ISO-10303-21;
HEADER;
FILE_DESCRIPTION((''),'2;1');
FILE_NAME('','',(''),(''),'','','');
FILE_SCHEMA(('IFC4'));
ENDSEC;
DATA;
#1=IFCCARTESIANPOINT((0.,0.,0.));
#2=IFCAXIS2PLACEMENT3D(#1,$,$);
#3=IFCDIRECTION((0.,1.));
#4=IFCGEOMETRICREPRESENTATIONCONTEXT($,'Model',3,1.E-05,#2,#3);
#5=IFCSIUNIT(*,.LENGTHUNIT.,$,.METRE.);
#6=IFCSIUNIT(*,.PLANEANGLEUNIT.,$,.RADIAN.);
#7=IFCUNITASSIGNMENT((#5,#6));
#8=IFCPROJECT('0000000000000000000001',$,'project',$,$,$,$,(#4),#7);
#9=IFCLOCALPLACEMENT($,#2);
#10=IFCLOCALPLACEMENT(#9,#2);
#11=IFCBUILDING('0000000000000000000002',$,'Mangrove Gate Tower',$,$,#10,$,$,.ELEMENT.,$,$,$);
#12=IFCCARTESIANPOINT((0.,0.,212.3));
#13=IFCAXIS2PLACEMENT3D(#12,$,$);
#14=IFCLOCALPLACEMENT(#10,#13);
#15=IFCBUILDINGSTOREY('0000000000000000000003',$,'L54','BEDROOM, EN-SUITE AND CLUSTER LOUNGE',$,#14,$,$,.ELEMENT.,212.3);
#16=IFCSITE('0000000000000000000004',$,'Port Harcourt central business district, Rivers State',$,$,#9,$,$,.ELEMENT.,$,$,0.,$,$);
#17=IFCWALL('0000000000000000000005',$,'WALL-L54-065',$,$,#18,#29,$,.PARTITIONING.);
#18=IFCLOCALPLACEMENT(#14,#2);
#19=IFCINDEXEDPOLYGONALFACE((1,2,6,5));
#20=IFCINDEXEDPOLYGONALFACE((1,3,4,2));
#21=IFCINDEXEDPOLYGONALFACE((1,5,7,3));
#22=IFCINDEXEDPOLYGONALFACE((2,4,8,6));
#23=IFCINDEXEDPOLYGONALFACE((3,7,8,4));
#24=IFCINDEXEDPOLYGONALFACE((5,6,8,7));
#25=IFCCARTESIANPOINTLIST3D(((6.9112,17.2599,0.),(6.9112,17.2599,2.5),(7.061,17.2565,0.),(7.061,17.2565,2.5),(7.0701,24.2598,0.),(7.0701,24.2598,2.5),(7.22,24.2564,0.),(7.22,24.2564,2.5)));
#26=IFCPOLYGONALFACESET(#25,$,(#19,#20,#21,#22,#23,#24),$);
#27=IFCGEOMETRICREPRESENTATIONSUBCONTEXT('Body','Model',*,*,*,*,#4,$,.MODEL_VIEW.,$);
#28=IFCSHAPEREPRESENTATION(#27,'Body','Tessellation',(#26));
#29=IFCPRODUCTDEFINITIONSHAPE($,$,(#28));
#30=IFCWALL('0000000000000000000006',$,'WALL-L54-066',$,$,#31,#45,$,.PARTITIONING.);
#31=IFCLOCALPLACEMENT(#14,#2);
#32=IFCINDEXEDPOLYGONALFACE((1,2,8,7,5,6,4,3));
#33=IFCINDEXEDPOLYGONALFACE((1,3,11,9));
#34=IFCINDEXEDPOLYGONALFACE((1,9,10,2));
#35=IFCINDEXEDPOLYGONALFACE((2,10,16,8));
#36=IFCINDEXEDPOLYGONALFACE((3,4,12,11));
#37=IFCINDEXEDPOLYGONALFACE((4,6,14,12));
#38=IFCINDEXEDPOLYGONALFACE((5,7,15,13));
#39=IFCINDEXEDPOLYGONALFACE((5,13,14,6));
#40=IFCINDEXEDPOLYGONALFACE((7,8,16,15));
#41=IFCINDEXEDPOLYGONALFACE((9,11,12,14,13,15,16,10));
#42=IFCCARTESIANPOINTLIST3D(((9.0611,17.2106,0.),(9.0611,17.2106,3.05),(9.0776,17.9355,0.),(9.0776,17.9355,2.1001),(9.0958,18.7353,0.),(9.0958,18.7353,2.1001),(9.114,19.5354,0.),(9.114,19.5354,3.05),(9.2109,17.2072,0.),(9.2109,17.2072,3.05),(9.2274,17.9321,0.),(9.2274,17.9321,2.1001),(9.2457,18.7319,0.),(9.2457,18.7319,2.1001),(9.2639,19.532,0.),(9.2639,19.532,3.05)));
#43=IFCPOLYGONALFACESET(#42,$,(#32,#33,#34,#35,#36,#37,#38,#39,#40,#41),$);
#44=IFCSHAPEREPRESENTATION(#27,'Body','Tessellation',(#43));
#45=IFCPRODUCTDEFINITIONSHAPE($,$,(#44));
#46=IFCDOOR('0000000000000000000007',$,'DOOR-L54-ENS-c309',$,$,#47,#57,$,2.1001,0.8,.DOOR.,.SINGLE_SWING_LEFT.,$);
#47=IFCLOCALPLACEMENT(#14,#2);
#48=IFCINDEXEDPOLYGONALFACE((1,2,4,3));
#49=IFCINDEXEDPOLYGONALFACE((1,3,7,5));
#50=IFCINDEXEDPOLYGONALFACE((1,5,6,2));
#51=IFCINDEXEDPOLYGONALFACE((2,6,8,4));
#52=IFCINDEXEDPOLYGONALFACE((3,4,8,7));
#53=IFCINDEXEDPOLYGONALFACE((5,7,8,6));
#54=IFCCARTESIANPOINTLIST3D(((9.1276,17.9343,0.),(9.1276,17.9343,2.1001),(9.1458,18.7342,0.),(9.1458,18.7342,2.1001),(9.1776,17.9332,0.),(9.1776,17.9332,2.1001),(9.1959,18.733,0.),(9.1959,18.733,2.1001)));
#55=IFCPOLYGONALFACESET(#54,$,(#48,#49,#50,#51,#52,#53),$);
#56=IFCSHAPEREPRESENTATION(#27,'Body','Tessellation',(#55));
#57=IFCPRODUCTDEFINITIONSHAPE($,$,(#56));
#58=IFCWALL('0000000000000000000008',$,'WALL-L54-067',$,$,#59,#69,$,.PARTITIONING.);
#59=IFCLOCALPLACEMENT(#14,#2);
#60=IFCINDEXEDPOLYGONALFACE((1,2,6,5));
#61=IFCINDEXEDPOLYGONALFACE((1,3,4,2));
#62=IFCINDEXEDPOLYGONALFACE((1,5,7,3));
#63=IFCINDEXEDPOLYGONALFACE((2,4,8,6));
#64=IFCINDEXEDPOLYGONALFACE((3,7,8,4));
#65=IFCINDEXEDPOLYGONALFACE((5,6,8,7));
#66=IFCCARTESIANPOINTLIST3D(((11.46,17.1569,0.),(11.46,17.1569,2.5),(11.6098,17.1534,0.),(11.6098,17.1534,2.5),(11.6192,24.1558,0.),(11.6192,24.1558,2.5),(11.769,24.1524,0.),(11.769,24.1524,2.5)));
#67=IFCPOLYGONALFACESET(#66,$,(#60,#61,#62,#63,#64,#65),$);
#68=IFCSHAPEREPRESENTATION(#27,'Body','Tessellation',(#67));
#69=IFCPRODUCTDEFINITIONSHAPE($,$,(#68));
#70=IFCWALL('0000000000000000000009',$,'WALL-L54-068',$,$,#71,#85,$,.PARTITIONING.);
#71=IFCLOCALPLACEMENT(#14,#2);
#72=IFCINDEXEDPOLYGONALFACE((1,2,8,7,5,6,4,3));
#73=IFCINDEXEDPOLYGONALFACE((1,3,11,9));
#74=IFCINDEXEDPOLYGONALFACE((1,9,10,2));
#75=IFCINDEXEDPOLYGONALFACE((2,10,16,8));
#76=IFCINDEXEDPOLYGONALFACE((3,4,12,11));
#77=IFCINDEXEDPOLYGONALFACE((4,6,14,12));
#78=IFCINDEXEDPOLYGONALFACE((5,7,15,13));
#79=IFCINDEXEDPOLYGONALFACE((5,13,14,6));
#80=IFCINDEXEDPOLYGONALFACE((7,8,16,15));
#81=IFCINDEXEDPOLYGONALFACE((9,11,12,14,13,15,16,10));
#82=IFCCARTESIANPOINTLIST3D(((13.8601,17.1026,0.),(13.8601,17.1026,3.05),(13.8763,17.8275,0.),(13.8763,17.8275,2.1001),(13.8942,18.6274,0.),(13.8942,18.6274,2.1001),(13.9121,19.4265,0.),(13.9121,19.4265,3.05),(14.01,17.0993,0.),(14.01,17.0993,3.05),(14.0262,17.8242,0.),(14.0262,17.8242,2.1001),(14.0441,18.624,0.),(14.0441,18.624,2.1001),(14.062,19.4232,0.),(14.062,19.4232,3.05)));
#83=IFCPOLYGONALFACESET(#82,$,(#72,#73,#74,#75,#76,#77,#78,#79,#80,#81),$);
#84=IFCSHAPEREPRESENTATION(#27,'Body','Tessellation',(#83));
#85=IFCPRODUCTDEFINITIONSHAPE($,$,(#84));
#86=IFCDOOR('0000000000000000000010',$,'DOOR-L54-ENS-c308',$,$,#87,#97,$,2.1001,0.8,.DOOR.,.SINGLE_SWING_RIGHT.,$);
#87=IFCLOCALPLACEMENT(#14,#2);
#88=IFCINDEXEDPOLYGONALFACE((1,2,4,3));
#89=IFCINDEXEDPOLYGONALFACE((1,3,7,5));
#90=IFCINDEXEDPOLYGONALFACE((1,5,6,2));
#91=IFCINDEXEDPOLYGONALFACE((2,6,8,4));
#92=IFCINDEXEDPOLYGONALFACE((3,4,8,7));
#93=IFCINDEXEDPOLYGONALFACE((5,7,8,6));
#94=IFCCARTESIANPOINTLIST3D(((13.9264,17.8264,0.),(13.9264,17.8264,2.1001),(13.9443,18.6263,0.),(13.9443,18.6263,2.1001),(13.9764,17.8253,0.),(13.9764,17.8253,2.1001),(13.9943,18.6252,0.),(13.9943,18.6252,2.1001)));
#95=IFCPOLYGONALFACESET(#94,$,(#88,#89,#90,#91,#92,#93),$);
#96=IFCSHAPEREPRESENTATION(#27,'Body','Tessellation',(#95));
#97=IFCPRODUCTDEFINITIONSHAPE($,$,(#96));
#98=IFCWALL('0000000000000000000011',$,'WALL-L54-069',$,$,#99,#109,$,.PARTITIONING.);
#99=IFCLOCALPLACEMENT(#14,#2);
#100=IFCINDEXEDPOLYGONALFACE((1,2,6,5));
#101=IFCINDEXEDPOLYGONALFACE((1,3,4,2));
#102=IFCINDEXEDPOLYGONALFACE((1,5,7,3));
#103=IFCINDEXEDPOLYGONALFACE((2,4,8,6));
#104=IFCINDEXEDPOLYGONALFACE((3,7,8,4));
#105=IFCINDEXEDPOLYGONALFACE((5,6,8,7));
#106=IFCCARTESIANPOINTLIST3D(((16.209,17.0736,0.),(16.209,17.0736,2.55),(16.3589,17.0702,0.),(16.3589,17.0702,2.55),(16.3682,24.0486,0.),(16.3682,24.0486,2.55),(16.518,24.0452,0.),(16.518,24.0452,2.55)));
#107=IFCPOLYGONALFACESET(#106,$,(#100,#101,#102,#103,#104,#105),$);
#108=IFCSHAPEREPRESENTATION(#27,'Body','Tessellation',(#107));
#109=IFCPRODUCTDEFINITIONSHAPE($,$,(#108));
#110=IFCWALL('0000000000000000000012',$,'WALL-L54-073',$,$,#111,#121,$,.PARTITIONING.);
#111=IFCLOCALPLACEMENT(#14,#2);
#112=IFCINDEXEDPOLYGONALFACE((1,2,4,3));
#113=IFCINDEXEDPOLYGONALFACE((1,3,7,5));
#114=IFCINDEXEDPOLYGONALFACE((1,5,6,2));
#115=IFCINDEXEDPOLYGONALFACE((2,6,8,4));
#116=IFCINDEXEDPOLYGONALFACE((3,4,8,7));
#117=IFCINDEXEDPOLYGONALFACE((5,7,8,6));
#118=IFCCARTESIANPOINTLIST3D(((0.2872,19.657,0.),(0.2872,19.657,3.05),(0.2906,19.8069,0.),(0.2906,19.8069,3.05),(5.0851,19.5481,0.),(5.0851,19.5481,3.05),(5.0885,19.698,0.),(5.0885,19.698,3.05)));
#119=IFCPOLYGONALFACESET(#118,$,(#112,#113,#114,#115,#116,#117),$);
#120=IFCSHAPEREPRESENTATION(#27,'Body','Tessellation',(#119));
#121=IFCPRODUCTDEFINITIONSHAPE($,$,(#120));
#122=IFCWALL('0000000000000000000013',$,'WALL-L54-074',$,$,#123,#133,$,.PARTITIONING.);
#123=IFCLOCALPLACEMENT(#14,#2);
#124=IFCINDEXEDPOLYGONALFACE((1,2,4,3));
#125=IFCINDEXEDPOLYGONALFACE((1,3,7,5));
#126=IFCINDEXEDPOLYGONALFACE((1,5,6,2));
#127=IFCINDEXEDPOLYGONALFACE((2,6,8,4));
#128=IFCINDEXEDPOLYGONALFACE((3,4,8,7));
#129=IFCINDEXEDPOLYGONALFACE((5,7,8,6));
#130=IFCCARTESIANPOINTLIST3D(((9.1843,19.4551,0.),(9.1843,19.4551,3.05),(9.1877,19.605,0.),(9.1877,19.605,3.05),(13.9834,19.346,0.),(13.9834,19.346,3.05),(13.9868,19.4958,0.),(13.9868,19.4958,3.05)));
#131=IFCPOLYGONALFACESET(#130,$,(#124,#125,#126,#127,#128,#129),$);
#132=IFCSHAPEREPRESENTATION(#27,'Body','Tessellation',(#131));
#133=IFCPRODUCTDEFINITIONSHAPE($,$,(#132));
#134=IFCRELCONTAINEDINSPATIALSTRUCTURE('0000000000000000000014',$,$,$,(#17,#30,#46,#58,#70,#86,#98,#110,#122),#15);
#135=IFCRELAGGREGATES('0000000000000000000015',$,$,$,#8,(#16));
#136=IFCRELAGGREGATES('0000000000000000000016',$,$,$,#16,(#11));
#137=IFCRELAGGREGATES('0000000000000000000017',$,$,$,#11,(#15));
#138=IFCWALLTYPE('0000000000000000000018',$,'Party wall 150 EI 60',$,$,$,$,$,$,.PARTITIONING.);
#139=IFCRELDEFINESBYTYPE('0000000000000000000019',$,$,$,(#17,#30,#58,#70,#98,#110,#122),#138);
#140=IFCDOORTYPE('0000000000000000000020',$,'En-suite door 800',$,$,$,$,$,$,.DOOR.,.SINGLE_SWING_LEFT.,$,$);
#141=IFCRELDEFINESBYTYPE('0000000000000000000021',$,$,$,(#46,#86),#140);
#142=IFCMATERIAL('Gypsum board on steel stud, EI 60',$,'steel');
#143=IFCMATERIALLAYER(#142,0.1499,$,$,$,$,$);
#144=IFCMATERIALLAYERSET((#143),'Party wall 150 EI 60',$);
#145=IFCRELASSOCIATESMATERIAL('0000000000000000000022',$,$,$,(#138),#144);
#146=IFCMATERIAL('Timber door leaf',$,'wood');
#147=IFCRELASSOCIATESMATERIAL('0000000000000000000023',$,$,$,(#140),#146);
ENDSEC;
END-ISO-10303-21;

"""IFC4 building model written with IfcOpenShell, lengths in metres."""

from ifc_helpers import new_model, si_unit, direction, frame, frame_2d, origin, place, context, subcontext, project, spatial, rectangle, extrude, material, layer, layer_set, type_object, element, fill, save


model = new_model("IFC4")

# Units and contexts
model_context = context("Model", 3, precision=1e-05, world=origin(), true_north=direction((0.0, 1.0)))
body_context = subcontext(model_context, "Body", "Model", "MODEL_VIEW")
ifc_project = project(units=[si_unit("LENGTHUNIT", "METRE"), si_unit("PLANEANGLEUNIT", "RADIAN")], contexts=[model_context])

# Site, building, storey
site_placement = place(None, origin())
site = spatial("IfcSite", under=ifc_project, at=site_placement, Name="Port Harcourt central business district, Rivers State", CompositionType="ELEMENT", RefElevation=0.0)
building_placement = place(site_placement, origin())
building = spatial("IfcBuilding", under=site, at=building_placement, Name="Mangrove Gate Tower", CompositionType="ELEMENT")
storey_placement = place(building_placement, frame((0.0, 0.0, 212.3)))
storey = spatial("IfcBuildingStorey", under=building, at=storey_placement, Name="L54", Description="BEDROOM, EN-SUITE AND CLUSTER LOUNGE", CompositionType="ELEMENT", Elevation=212.3)

# Shared definitions
ifc_material_1 = material(Name="Gypsum board on steel stud, EI 60", Category="steel")
ifc_layer_1 = layer(ifc_material_1, 0.1499)
ifc_layer_set_1 = layer_set([ifc_layer_1], Name="Party wall 150 EI 60")
wall_type_1 = type_object("IfcWallType", Name="Party wall 150 EI 60", PredefinedType="PARTITIONING", material=ifc_layer_set_1)
ifc_material_2 = material(Name="Timber door leaf", Category="wood")
door_type_1 = type_object("IfcDoorType", Name="En-suite door 800", OperationType="SINGLE_SWING_LEFT", PredefinedType="DOOR", material=ifc_material_2)

# Wall
wall_1_placement = place(storey_placement, frame((6.9861, 17.2581, 0.0), z_axis=(0.0, 0.0, 1.0), x_axis=(0.022699, 0.999742, 0.0)))
element("IfcWall", 1, at=wall_1_placement, inside=storey, type_object=wall_type_1, Name="WALL-L54-065", PredefinedType="PARTITIONING", context=body_context, shape_type="SweptSolid", body=[
    extrude(rectangle(XDim=7.0017, YDim=0.1499, at=frame_2d((3.501, 0.0))), origin(), (0.0, 0.0, 1.0), 2.5),
])

# Wall, opening, door
wall_2_placement = place(storey_placement, frame((9.136, 17.209, 0.0), z_axis=(0.0, 0.0, 1.0), x_axis=(0.022781, 0.99974, 0.0)))
wall_2 = element("IfcWall", 2, at=wall_2_placement, inside=storey, type_object=wall_type_1, Name="WALL-L54-066", PredefinedType="PARTITIONING", context=body_context, shape_type="SweptSolid", body=[
    extrude(rectangle(XDim=2.3254, YDim=0.1499, at=frame_2d((1.1626, 0.0))), origin(), (0.0, 0.0, 1.0), 3.05),
])
opening_1_placement = place(wall_2_placement, frame((0.7251, 0.0, 0.0)))
opening_1 = element("IfcOpeningElement", 3, at=opening_1_placement, cuts=wall_2, PredefinedType="OPENING", context=body_context, shape_type="SweptSolid", body=[
    extrude(rectangle(XDim=0.8, YDim=2.1001, at=frame_2d((0.3999, 1.05))), frame((0.0, 0.085, 0.0), z_axis=(0.0, -1.0, 0.0), x_axis=(1.0, 0.0, 0.0)), (0.0, 0.0, 1.0), 0.1699),
])
door_1_placement = place(opening_1_placement, origin())
door_1 = element("IfcDoor", 4, at=door_1_placement, inside=storey, type_object=door_type_1, Name="DOOR-L54-ENS-c309", OperationType="SINGLE_SWING_LEFT", OverallHeight=2.1001, OverallWidth=0.8, PredefinedType="DOOR", context=body_context, shape_type="SweptSolid", body=[
    extrude(rectangle(XDim=0.8, YDim=2.1001, at=frame_2d((0.3999, 1.05))), frame((0.0, 0.0249, 0.0), z_axis=(0.0, -1.0, 0.0), x_axis=(1.0, 0.0, 0.0)), (0.0, 0.0, 1.0), 0.05),
])
fill(opening_1, door_1)

# Wall
wall_3_placement = place(storey_placement, frame((11.5349, 17.155, 0.0), z_axis=(0.0, 0.0, 1.0), x_axis=(0.022737, 0.999741, 0.0)))
element("IfcWall", 5, at=wall_3_placement, inside=storey, type_object=wall_type_1, Name="WALL-L54-067", PredefinedType="PARTITIONING", context=body_context, shape_type="SweptSolid", body=[
    extrude(rectangle(XDim=7.0007, YDim=0.1499, at=frame_2d((3.5005, 0.0))), origin(), (0.0, 0.0, 1.0), 2.5),
])

# Wall, opening, door
wall_4_placement = place(storey_placement, frame((13.9351, 17.1011, 0.0), z_axis=(0.0, 0.0, 1.0), x_axis=(0.022371, 0.99975, 0.0)))
wall_4 = element("IfcWall", 6, at=wall_4_placement, inside=storey, type_object=wall_type_1, Name="WALL-L54-068", PredefinedType="PARTITIONING", context=body_context, shape_type="SweptSolid", body=[
    extrude(rectangle(XDim=2.3245, YDim=0.1499, at=frame_2d((1.1621, 0.0))), origin(), (0.0, 0.0, 1.0), 3.05),
])
opening_2_placement = place(wall_4_placement, frame((0.7251, 0.0, 0.0)))
opening_2 = element("IfcOpeningElement", 7, at=opening_2_placement, cuts=wall_4, PredefinedType="OPENING", context=body_context, shape_type="SweptSolid", body=[
    extrude(rectangle(XDim=0.8, YDim=2.1001, at=frame_2d((0.3999, 1.05))), frame((0.0, 0.085, 0.0), z_axis=(0.0, -1.0, 0.0), x_axis=(1.0, 0.0, 0.0)), (0.0, 0.0, 1.0), 0.1699),
])
door_2_placement = place(opening_2_placement, origin())
door_2 = element("IfcDoor", 8, at=door_2_placement, inside=storey, type_object=door_type_1, Name="DOOR-L54-ENS-c308", OperationType="SINGLE_SWING_RIGHT", OverallHeight=2.1001, OverallWidth=0.8, PredefinedType="DOOR", context=body_context, shape_type="SweptSolid", body=[
    extrude(rectangle(XDim=0.8, YDim=2.1001, at=frame_2d((0.3999, 1.05))), frame((0.0, 0.0249, 0.0), z_axis=(0.0, -1.0, 0.0), x_axis=(1.0, 0.0, 0.0)), (0.0, 0.0, 1.0), 0.05),
])
fill(opening_2, door_2)

# Walls
wall_5_placement = place(storey_placement, frame((16.2839, 17.072, 0.0), z_axis=(0.0, 0.0, 1.0), x_axis=(0.022815, 0.99974, 0.0)))
element("IfcWall", 9, at=wall_5_placement, inside=storey, type_object=wall_type_1, Name="WALL-L54-069", PredefinedType="PARTITIONING", context=body_context, shape_type="SweptSolid", body=[
    extrude(rectangle(XDim=6.9768, YDim=0.1499, at=frame_2d((3.4883, 0.0))), origin(), (0.0, 0.0, 1.0), 2.55),
])
wall_6_placement = place(storey_placement, frame((0.2891, 19.7319, 0.0), z_axis=(0.0, 0.0, 1.0), x_axis=(0.999743, -0.022689, 0.0)))
element("IfcWall", 10, at=wall_6_placement, inside=storey, type_object=wall_type_1, Name="WALL-L54-073", PredefinedType="PARTITIONING", context=body_context, shape_type="SweptSolid", body=[
    extrude(rectangle(XDim=4.7991, YDim=0.1499, at=frame_2d((2.3994, 0.0))), origin(), (0.0, 0.0, 1.0), 3.05),
])
wall_7_placement = place(storey_placement, frame((9.186, 19.53, 0.0), z_axis=(0.0, 0.0, 1.0), x_axis=(0.999742, -0.022734, 0.0)))
element("IfcWall", 11, at=wall_7_placement, inside=storey, type_object=wall_type_1, Name="WALL-L54-074", PredefinedType="PARTITIONING", context=body_context, shape_type="SweptSolid", body=[
    extrude(rectangle(XDim=4.8003, YDim=0.1499, at=frame_2d((2.4001, 0.0))), origin(), (0.0, 0.0, 1.0), 3.05),
])

save(model, "model.ifc")
